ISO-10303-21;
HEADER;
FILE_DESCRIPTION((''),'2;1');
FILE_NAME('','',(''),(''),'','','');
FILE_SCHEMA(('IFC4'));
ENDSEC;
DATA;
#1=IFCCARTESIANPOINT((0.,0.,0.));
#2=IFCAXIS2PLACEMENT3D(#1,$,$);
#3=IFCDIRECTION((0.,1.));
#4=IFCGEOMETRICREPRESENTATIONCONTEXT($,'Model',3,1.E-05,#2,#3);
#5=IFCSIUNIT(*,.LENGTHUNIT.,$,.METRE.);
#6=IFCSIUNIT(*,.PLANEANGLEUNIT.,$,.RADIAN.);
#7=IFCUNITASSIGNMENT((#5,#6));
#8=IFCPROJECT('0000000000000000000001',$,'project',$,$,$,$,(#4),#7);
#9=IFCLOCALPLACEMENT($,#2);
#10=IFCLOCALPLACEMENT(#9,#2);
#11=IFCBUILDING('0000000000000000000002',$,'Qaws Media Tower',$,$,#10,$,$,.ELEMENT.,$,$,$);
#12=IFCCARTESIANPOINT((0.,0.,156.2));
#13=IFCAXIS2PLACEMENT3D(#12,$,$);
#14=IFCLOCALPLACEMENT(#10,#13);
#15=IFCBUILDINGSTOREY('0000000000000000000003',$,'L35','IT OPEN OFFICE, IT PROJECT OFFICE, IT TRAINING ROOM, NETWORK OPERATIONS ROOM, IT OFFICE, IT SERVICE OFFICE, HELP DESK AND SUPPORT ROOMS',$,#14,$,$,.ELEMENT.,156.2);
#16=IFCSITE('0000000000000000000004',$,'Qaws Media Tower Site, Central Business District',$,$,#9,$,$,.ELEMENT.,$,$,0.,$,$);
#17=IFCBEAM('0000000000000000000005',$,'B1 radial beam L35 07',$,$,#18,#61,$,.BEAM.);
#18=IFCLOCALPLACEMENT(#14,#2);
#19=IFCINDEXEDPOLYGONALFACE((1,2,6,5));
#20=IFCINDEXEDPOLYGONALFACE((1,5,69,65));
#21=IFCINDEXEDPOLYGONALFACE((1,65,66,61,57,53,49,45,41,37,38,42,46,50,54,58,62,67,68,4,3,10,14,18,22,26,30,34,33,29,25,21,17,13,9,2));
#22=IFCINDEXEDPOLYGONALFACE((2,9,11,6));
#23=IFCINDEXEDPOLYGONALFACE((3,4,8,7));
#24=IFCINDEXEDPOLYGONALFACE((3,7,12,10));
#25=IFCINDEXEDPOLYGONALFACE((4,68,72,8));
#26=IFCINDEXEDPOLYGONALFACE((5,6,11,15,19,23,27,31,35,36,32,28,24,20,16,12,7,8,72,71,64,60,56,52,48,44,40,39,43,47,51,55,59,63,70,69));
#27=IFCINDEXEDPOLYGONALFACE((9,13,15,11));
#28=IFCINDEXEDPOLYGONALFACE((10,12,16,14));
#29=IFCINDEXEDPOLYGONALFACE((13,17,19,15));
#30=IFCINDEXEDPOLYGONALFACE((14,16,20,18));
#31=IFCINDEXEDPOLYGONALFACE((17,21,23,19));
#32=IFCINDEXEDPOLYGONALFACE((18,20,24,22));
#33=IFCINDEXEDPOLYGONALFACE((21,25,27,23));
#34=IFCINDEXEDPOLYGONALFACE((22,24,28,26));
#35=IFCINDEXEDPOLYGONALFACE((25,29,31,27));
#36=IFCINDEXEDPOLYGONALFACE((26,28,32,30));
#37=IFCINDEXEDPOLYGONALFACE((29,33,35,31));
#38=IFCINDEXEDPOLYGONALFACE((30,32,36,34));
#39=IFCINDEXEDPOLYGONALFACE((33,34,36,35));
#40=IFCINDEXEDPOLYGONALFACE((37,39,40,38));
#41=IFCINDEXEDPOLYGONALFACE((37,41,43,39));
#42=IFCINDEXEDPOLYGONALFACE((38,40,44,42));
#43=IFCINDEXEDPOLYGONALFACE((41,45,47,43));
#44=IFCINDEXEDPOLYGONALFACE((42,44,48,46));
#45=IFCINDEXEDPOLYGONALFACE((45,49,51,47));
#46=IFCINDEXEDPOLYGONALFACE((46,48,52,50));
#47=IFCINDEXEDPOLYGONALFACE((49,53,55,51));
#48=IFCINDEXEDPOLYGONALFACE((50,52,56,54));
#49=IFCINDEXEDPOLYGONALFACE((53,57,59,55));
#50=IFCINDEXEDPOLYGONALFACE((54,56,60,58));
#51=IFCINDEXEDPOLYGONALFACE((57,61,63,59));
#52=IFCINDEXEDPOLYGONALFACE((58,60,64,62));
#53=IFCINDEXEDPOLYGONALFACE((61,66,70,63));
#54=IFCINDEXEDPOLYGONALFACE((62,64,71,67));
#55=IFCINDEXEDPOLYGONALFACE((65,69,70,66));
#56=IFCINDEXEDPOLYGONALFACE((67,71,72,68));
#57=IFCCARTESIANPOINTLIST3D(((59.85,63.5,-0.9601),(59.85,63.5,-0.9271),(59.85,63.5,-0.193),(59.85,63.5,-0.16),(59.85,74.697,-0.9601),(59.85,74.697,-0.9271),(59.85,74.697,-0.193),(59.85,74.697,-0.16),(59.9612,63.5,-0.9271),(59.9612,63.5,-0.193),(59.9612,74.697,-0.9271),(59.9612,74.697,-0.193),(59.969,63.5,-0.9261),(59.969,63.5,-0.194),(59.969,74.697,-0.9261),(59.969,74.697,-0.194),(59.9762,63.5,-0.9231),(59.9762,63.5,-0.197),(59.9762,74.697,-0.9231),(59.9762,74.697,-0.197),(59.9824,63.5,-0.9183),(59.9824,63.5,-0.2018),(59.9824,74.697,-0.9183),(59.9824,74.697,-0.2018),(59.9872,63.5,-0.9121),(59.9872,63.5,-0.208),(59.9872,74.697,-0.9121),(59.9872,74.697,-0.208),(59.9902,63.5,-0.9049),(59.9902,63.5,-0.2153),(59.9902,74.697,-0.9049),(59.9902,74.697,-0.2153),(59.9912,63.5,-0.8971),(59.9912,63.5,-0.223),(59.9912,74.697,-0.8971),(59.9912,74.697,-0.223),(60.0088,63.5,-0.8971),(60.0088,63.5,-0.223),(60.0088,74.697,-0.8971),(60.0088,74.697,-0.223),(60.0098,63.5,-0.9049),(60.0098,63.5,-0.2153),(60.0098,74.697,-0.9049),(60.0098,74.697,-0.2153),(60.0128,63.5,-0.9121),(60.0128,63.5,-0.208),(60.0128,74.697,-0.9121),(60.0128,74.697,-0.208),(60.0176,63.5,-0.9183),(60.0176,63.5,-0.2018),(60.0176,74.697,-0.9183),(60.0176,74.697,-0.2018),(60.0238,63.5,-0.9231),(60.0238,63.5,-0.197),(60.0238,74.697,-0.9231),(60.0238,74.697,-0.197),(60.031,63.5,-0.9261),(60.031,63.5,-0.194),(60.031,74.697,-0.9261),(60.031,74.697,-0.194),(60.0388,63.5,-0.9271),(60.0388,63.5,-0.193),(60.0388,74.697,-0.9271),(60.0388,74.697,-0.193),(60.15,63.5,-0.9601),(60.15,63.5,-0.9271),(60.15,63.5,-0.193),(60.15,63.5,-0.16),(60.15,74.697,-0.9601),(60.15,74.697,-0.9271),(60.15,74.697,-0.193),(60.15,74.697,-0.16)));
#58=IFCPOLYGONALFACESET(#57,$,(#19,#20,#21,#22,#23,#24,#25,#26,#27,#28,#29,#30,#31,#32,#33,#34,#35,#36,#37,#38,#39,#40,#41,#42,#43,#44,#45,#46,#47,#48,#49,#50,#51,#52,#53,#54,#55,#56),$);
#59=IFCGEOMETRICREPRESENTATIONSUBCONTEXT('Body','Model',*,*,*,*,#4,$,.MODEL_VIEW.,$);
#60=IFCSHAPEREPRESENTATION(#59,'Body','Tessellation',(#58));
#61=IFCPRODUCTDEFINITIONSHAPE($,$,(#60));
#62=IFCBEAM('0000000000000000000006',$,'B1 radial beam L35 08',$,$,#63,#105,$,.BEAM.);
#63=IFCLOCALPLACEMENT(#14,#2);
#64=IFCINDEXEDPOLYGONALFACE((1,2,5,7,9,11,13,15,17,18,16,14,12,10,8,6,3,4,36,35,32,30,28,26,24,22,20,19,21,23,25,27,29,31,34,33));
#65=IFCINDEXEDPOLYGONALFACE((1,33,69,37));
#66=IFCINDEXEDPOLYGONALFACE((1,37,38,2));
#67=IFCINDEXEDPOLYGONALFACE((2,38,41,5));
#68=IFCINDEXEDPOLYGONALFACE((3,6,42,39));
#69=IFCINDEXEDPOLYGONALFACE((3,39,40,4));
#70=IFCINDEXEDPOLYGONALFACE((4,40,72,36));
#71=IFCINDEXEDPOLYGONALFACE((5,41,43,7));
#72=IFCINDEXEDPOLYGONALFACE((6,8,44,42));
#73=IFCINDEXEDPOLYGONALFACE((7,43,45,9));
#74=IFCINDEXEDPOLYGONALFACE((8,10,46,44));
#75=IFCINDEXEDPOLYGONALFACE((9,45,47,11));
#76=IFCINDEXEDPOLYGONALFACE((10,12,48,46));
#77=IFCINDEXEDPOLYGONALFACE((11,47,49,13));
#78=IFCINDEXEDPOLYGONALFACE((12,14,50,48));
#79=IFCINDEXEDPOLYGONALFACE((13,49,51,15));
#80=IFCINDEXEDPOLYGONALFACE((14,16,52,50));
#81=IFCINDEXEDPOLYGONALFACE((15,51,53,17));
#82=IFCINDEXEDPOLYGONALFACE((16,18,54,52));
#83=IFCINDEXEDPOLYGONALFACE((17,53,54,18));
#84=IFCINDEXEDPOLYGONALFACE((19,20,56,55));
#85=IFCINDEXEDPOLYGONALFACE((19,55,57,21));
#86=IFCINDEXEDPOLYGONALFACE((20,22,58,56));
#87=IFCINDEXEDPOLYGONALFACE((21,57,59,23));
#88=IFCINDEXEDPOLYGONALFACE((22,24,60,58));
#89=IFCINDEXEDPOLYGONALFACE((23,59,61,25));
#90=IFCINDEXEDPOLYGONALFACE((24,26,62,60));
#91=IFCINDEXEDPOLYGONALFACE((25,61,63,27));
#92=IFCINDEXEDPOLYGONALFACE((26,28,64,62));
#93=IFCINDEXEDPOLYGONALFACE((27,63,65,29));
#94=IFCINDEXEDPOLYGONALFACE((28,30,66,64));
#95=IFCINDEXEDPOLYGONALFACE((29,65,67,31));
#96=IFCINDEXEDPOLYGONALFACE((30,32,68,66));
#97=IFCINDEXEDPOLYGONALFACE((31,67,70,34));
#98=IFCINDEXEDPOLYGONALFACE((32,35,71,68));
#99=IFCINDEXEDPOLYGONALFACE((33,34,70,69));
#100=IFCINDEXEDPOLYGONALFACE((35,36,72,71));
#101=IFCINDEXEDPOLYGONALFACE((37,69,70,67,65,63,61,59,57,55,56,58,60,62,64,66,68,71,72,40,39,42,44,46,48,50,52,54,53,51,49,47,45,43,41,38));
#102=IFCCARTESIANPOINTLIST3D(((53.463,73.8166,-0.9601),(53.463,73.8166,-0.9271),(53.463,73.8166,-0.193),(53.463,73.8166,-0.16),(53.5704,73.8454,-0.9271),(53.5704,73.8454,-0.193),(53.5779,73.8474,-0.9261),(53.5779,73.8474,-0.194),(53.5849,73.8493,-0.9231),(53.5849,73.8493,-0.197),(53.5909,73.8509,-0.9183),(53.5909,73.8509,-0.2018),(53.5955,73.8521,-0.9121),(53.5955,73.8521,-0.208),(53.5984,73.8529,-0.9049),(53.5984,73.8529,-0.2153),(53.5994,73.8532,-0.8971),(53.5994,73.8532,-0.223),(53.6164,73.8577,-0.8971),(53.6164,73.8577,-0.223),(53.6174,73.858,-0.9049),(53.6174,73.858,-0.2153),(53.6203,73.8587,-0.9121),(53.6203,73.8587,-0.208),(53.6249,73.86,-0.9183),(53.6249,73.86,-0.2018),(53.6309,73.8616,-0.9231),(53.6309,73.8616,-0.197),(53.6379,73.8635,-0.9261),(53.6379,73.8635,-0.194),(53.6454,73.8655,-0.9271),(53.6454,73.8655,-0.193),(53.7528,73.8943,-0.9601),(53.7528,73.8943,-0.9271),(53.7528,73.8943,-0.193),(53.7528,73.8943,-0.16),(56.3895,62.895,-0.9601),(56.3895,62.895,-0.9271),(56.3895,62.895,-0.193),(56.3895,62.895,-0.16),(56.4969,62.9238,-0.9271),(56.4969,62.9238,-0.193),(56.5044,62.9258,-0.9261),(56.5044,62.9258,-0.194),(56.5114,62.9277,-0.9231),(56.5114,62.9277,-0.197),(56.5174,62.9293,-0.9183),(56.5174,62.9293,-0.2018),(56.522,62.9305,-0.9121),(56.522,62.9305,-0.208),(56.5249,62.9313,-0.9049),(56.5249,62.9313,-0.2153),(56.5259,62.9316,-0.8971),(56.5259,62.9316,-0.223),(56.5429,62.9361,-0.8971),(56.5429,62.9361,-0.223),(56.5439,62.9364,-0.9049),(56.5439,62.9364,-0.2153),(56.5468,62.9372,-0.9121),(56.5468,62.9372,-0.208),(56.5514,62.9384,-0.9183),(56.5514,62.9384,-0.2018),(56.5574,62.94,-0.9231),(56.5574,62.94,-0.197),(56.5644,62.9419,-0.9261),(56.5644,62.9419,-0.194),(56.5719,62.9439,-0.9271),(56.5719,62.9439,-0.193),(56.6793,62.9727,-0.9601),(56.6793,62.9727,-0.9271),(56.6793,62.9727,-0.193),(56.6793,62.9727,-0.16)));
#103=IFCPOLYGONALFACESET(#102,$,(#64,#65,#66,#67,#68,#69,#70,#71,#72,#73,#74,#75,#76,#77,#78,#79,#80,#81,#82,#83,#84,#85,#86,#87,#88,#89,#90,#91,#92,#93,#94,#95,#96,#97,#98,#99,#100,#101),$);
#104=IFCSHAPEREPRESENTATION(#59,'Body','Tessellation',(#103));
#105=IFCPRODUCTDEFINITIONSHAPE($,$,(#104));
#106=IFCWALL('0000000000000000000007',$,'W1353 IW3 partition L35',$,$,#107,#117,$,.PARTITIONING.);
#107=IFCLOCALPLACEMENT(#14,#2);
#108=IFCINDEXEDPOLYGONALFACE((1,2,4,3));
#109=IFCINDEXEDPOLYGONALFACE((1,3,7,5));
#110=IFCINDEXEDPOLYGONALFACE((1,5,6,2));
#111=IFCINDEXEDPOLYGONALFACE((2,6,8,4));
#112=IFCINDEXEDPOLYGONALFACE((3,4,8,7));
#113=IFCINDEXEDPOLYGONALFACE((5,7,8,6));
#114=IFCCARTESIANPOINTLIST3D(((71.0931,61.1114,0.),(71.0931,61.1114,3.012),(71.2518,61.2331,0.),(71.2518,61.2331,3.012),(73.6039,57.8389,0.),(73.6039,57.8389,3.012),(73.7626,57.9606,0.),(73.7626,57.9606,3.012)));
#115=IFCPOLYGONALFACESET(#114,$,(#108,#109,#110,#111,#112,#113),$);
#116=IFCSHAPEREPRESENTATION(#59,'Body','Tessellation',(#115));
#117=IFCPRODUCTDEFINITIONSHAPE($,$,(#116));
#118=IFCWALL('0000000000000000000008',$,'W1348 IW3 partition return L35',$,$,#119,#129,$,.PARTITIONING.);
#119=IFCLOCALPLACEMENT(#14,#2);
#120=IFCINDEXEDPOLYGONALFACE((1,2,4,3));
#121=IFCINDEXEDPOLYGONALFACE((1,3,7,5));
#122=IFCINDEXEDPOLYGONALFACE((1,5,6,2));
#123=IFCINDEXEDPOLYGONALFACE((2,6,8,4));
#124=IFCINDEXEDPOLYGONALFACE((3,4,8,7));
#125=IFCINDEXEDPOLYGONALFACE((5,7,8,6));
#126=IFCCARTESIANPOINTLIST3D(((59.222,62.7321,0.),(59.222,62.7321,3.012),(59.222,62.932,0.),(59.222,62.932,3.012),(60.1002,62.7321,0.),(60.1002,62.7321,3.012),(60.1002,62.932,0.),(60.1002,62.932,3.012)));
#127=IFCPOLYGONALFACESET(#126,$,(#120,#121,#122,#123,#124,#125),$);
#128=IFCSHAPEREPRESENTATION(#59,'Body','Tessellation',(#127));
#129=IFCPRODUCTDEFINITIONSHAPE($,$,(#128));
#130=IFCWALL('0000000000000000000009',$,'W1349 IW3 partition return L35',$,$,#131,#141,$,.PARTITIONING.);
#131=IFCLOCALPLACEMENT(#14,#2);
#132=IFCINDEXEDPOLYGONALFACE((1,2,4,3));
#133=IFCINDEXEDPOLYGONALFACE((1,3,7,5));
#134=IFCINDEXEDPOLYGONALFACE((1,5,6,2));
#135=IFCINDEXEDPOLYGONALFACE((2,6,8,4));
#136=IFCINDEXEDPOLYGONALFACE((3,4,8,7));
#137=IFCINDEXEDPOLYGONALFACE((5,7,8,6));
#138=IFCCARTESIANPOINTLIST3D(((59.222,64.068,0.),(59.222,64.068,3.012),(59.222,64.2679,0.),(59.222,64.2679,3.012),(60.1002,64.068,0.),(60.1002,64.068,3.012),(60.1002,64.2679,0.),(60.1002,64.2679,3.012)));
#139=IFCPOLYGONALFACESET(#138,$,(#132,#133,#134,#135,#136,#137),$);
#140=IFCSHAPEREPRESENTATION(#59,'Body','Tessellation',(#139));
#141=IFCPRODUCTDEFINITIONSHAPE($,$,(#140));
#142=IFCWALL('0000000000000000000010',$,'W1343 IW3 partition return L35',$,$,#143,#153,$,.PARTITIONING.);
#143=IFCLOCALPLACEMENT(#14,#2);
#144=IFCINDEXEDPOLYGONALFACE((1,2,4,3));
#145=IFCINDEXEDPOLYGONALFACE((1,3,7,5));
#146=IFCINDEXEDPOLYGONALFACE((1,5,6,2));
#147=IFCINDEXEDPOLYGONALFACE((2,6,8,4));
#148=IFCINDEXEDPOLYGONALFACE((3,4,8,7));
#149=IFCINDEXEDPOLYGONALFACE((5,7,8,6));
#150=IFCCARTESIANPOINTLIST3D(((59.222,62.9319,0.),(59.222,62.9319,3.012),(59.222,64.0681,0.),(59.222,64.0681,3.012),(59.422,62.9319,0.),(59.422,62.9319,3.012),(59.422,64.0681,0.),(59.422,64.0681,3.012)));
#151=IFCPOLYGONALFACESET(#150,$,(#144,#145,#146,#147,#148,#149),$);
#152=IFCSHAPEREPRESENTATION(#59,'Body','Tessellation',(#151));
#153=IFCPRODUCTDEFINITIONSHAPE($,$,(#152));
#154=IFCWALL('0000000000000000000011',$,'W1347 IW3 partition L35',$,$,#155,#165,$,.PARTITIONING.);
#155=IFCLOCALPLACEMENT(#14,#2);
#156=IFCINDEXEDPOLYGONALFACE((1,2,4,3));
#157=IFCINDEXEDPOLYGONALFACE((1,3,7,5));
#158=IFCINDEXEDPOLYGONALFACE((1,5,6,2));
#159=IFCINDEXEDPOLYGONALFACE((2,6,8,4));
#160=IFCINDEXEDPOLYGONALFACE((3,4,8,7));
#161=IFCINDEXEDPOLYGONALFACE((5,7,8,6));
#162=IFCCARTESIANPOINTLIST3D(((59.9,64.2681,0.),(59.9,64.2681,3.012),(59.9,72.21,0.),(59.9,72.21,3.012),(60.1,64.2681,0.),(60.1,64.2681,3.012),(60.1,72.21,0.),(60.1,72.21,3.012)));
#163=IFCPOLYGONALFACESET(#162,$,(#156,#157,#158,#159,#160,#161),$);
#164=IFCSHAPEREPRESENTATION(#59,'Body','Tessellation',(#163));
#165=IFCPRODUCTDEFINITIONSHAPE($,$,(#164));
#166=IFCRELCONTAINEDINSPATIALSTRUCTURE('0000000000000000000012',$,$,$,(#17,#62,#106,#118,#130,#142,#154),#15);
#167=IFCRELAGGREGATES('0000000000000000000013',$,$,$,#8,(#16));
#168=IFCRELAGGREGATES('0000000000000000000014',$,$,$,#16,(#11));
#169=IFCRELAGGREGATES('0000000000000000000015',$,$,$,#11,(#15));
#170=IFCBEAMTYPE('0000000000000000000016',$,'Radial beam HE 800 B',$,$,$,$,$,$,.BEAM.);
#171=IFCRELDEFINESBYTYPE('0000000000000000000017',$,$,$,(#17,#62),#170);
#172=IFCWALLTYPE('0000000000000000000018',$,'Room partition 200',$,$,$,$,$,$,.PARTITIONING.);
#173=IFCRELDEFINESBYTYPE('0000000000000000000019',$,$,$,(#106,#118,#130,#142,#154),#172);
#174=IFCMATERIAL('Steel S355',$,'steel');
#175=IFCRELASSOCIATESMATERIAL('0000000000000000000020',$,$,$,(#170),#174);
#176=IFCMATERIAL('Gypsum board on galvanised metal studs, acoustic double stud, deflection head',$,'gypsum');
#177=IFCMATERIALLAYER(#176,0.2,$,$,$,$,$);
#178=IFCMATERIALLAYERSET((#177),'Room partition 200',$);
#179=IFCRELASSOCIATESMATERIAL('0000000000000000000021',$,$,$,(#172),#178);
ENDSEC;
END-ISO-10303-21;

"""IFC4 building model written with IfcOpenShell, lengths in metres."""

from ifc_helpers import new_model, si_unit, direction, frame, frame_2d, origin, origin_2d, place, context, subcontext, project, spatial, rectangle, i_section, extrude, material, layer, layer_set, material_profile, profile_set, type_object, element, save


model = new_model("IFC4")

# Units and contexts
model_context = context("Model", 3, precision=1e-05, world=origin(), true_north=direction((0.0, 1.0)))
body_context = subcontext(model_context, "Body", "Model", "MODEL_VIEW")
ifc_project = project(units=[si_unit("LENGTHUNIT", "METRE"), si_unit("PLANEANGLEUNIT", "RADIAN")], contexts=[model_context])

# Site, building, storey
site_placement = place(None, origin())
site = spatial("IfcSite", under=ifc_project, at=site_placement, Name="Qaws Media Tower Site, Central Business District", CompositionType="ELEMENT", RefElevation=0.0)
building_placement = place(site_placement, origin())
building = spatial("IfcBuilding", under=site, at=building_placement, Name="Qaws Media Tower", CompositionType="ELEMENT")
storey_placement = place(building_placement, frame((0.0, 0.0, 156.2)))
storey = spatial("IfcBuildingStorey", under=building, at=storey_placement, Name="L35", Description="IT OPEN OFFICE, IT PROJECT OFFICE, IT TRAINING ROOM, NETWORK OPERATIONS ROOM, IT OFFICE, IT SERVICE OFFICE, HELP DESK AND SUPPORT ROOMS", CompositionType="ELEMENT", Elevation=156.2)

# Beams
ifc_material_1 = material(Name="Steel S355", Category="steel")
ifc_material_profile_1 = material_profile(ifc_material_1, i_section(OverallWidth=0.3, OverallDepth=0.8, WebThickness=0.0176, FlangeThickness=0.033, FilletRadius=0.03, at=origin_2d()), Name="HE 800 B")
ifc_profile_set_1 = profile_set([ifc_material_profile_1], Name="Steel S355")
beam_type_1 = type_object("IfcBeamType", Name="Radial beam HE 800 B", PredefinedType="BEAM", material=ifc_profile_set_1)
beam_1_placement = place(storey_placement, frame((60.0, 63.5, -0.5601), z_axis=(0.0, 1.0, 0.0), x_axis=(-1.0, 0.0, 0.0)))
element("IfcBeam", 1, at=beam_1_placement, inside=storey, type_object=beam_type_1, Name="B1 radial beam L35 07", PredefinedType="BEAM", context=body_context, shape_type="SweptSolid", body=[
    extrude(i_section(OverallWidth=0.3, OverallDepth=0.8, WebThickness=0.0176, FlangeThickness=0.033, FilletRadius=0.03, at=origin_2d()), origin(), (0.0, 0.0, 1.0), 11.197),
])
beam_2_placement = place(storey_placement, frame((56.5344, 62.9338, -0.5601), z_axis=(-0.258825, 0.965924, 0.0), x_axis=(-0.965924, -0.258825, 0.0)))
element("IfcBeam", 2, at=beam_2_placement, inside=storey, type_object=beam_type_1, Name="B1 radial beam L35 08", PredefinedType="BEAM", context=body_context, shape_type="SweptSolid", body=[
    extrude(i_section(OverallWidth=0.3, OverallDepth=0.8, WebThickness=0.0176, FlangeThickness=0.033, FilletRadius=0.03, at=origin_2d()), origin(), (0.0, 0.0, 1.0), 11.3069),
])

# Walls
ifc_material_2 = material(Name="Gypsum board on galvanised metal studs, acoustic double stud, deflection head", Category="gypsum")
ifc_layer = layer(ifc_material_2, 0.2)
ifc_layer_set = layer_set([ifc_layer], Name="Room partition 200")
wall_type = type_object("IfcWallType", Name="Room partition 200", PredefinedType="PARTITIONING", material=ifc_layer_set)
wall_1_placement = place(storey_placement, frame((71.1724, 61.1724, 0.0), z_axis=(0.0, 0.0, 1.0), x_axis=(0.608715, -0.793389, 0.0)))
element("IfcWall", 3, at=wall_1_placement, inside=storey, type_object=wall_type, Name="W1353 IW3 partition L35", PredefinedType="PARTITIONING", context=body_context, shape_type="SweptSolid", body=[
    extrude(rectangle(XDim=4.1248, YDim=0.2, at=frame_2d((2.0625, 0.0))), origin(), (0.0, 0.0, 1.0), 3.012),
])
for number, where, z_axis, x_axis, name in (
    (4, (60.1001, 62.832, 0.0), (0.0, 0.0, 1.0), (-1.0, 0.0, 0.0), "W1348 IW3 partition return L35"),
    (5, (60.1001, 64.168, 0.0), (0.0, 0.0, 1.0), (-1.0, 0.0, 0.0), "W1349 IW3 partition return L35"),
):
    element("IfcWall", number, at=place(storey_placement, frame(where, z_axis=z_axis, x_axis=x_axis)), inside=storey, type_object=wall_type, Name=name, PredefinedType="PARTITIONING", context=body_context, shape_type="SweptSolid", body=[
        extrude(rectangle(XDim=0.8782, YDim=0.2, at=frame_2d((0.439, 0.0))), origin(), (0.0, 0.0, 1.0), 3.012),
    ])
wall_2_placement = place(storey_placement, frame((59.322, 62.9319, 0.0), z_axis=(0.0, 0.0, 1.0), x_axis=(0.0, 1.0, 0.0)))
element("IfcWall", 6, at=wall_2_placement, inside=storey, type_object=wall_type, Name="W1343 IW3 partition return L35", PredefinedType="PARTITIONING", context=body_context, shape_type="SweptSolid", body=[
    extrude(rectangle(XDim=1.1362, YDim=0.2, at=frame_2d((0.5681, 0.0))), origin(), (0.0, 0.0, 1.0), 3.012),
])
wall_3_placement = place(storey_placement, frame((60.0, 64.2681, 0.0), z_axis=(0.0, 0.0, 1.0), x_axis=(0.0, 1.0, 0.0)))
element("IfcWall", 7, at=wall_3_placement, inside=storey, type_object=wall_type, Name="W1347 IW3 partition L35", PredefinedType="PARTITIONING", context=body_context, shape_type="SweptSolid", body=[
    extrude(rectangle(XDim=7.9419, YDim=0.2, at=frame_2d((3.9709, 0.0))), origin(), (0.0, 0.0, 1.0), 3.012),
])

save(model, "model.ifc")
